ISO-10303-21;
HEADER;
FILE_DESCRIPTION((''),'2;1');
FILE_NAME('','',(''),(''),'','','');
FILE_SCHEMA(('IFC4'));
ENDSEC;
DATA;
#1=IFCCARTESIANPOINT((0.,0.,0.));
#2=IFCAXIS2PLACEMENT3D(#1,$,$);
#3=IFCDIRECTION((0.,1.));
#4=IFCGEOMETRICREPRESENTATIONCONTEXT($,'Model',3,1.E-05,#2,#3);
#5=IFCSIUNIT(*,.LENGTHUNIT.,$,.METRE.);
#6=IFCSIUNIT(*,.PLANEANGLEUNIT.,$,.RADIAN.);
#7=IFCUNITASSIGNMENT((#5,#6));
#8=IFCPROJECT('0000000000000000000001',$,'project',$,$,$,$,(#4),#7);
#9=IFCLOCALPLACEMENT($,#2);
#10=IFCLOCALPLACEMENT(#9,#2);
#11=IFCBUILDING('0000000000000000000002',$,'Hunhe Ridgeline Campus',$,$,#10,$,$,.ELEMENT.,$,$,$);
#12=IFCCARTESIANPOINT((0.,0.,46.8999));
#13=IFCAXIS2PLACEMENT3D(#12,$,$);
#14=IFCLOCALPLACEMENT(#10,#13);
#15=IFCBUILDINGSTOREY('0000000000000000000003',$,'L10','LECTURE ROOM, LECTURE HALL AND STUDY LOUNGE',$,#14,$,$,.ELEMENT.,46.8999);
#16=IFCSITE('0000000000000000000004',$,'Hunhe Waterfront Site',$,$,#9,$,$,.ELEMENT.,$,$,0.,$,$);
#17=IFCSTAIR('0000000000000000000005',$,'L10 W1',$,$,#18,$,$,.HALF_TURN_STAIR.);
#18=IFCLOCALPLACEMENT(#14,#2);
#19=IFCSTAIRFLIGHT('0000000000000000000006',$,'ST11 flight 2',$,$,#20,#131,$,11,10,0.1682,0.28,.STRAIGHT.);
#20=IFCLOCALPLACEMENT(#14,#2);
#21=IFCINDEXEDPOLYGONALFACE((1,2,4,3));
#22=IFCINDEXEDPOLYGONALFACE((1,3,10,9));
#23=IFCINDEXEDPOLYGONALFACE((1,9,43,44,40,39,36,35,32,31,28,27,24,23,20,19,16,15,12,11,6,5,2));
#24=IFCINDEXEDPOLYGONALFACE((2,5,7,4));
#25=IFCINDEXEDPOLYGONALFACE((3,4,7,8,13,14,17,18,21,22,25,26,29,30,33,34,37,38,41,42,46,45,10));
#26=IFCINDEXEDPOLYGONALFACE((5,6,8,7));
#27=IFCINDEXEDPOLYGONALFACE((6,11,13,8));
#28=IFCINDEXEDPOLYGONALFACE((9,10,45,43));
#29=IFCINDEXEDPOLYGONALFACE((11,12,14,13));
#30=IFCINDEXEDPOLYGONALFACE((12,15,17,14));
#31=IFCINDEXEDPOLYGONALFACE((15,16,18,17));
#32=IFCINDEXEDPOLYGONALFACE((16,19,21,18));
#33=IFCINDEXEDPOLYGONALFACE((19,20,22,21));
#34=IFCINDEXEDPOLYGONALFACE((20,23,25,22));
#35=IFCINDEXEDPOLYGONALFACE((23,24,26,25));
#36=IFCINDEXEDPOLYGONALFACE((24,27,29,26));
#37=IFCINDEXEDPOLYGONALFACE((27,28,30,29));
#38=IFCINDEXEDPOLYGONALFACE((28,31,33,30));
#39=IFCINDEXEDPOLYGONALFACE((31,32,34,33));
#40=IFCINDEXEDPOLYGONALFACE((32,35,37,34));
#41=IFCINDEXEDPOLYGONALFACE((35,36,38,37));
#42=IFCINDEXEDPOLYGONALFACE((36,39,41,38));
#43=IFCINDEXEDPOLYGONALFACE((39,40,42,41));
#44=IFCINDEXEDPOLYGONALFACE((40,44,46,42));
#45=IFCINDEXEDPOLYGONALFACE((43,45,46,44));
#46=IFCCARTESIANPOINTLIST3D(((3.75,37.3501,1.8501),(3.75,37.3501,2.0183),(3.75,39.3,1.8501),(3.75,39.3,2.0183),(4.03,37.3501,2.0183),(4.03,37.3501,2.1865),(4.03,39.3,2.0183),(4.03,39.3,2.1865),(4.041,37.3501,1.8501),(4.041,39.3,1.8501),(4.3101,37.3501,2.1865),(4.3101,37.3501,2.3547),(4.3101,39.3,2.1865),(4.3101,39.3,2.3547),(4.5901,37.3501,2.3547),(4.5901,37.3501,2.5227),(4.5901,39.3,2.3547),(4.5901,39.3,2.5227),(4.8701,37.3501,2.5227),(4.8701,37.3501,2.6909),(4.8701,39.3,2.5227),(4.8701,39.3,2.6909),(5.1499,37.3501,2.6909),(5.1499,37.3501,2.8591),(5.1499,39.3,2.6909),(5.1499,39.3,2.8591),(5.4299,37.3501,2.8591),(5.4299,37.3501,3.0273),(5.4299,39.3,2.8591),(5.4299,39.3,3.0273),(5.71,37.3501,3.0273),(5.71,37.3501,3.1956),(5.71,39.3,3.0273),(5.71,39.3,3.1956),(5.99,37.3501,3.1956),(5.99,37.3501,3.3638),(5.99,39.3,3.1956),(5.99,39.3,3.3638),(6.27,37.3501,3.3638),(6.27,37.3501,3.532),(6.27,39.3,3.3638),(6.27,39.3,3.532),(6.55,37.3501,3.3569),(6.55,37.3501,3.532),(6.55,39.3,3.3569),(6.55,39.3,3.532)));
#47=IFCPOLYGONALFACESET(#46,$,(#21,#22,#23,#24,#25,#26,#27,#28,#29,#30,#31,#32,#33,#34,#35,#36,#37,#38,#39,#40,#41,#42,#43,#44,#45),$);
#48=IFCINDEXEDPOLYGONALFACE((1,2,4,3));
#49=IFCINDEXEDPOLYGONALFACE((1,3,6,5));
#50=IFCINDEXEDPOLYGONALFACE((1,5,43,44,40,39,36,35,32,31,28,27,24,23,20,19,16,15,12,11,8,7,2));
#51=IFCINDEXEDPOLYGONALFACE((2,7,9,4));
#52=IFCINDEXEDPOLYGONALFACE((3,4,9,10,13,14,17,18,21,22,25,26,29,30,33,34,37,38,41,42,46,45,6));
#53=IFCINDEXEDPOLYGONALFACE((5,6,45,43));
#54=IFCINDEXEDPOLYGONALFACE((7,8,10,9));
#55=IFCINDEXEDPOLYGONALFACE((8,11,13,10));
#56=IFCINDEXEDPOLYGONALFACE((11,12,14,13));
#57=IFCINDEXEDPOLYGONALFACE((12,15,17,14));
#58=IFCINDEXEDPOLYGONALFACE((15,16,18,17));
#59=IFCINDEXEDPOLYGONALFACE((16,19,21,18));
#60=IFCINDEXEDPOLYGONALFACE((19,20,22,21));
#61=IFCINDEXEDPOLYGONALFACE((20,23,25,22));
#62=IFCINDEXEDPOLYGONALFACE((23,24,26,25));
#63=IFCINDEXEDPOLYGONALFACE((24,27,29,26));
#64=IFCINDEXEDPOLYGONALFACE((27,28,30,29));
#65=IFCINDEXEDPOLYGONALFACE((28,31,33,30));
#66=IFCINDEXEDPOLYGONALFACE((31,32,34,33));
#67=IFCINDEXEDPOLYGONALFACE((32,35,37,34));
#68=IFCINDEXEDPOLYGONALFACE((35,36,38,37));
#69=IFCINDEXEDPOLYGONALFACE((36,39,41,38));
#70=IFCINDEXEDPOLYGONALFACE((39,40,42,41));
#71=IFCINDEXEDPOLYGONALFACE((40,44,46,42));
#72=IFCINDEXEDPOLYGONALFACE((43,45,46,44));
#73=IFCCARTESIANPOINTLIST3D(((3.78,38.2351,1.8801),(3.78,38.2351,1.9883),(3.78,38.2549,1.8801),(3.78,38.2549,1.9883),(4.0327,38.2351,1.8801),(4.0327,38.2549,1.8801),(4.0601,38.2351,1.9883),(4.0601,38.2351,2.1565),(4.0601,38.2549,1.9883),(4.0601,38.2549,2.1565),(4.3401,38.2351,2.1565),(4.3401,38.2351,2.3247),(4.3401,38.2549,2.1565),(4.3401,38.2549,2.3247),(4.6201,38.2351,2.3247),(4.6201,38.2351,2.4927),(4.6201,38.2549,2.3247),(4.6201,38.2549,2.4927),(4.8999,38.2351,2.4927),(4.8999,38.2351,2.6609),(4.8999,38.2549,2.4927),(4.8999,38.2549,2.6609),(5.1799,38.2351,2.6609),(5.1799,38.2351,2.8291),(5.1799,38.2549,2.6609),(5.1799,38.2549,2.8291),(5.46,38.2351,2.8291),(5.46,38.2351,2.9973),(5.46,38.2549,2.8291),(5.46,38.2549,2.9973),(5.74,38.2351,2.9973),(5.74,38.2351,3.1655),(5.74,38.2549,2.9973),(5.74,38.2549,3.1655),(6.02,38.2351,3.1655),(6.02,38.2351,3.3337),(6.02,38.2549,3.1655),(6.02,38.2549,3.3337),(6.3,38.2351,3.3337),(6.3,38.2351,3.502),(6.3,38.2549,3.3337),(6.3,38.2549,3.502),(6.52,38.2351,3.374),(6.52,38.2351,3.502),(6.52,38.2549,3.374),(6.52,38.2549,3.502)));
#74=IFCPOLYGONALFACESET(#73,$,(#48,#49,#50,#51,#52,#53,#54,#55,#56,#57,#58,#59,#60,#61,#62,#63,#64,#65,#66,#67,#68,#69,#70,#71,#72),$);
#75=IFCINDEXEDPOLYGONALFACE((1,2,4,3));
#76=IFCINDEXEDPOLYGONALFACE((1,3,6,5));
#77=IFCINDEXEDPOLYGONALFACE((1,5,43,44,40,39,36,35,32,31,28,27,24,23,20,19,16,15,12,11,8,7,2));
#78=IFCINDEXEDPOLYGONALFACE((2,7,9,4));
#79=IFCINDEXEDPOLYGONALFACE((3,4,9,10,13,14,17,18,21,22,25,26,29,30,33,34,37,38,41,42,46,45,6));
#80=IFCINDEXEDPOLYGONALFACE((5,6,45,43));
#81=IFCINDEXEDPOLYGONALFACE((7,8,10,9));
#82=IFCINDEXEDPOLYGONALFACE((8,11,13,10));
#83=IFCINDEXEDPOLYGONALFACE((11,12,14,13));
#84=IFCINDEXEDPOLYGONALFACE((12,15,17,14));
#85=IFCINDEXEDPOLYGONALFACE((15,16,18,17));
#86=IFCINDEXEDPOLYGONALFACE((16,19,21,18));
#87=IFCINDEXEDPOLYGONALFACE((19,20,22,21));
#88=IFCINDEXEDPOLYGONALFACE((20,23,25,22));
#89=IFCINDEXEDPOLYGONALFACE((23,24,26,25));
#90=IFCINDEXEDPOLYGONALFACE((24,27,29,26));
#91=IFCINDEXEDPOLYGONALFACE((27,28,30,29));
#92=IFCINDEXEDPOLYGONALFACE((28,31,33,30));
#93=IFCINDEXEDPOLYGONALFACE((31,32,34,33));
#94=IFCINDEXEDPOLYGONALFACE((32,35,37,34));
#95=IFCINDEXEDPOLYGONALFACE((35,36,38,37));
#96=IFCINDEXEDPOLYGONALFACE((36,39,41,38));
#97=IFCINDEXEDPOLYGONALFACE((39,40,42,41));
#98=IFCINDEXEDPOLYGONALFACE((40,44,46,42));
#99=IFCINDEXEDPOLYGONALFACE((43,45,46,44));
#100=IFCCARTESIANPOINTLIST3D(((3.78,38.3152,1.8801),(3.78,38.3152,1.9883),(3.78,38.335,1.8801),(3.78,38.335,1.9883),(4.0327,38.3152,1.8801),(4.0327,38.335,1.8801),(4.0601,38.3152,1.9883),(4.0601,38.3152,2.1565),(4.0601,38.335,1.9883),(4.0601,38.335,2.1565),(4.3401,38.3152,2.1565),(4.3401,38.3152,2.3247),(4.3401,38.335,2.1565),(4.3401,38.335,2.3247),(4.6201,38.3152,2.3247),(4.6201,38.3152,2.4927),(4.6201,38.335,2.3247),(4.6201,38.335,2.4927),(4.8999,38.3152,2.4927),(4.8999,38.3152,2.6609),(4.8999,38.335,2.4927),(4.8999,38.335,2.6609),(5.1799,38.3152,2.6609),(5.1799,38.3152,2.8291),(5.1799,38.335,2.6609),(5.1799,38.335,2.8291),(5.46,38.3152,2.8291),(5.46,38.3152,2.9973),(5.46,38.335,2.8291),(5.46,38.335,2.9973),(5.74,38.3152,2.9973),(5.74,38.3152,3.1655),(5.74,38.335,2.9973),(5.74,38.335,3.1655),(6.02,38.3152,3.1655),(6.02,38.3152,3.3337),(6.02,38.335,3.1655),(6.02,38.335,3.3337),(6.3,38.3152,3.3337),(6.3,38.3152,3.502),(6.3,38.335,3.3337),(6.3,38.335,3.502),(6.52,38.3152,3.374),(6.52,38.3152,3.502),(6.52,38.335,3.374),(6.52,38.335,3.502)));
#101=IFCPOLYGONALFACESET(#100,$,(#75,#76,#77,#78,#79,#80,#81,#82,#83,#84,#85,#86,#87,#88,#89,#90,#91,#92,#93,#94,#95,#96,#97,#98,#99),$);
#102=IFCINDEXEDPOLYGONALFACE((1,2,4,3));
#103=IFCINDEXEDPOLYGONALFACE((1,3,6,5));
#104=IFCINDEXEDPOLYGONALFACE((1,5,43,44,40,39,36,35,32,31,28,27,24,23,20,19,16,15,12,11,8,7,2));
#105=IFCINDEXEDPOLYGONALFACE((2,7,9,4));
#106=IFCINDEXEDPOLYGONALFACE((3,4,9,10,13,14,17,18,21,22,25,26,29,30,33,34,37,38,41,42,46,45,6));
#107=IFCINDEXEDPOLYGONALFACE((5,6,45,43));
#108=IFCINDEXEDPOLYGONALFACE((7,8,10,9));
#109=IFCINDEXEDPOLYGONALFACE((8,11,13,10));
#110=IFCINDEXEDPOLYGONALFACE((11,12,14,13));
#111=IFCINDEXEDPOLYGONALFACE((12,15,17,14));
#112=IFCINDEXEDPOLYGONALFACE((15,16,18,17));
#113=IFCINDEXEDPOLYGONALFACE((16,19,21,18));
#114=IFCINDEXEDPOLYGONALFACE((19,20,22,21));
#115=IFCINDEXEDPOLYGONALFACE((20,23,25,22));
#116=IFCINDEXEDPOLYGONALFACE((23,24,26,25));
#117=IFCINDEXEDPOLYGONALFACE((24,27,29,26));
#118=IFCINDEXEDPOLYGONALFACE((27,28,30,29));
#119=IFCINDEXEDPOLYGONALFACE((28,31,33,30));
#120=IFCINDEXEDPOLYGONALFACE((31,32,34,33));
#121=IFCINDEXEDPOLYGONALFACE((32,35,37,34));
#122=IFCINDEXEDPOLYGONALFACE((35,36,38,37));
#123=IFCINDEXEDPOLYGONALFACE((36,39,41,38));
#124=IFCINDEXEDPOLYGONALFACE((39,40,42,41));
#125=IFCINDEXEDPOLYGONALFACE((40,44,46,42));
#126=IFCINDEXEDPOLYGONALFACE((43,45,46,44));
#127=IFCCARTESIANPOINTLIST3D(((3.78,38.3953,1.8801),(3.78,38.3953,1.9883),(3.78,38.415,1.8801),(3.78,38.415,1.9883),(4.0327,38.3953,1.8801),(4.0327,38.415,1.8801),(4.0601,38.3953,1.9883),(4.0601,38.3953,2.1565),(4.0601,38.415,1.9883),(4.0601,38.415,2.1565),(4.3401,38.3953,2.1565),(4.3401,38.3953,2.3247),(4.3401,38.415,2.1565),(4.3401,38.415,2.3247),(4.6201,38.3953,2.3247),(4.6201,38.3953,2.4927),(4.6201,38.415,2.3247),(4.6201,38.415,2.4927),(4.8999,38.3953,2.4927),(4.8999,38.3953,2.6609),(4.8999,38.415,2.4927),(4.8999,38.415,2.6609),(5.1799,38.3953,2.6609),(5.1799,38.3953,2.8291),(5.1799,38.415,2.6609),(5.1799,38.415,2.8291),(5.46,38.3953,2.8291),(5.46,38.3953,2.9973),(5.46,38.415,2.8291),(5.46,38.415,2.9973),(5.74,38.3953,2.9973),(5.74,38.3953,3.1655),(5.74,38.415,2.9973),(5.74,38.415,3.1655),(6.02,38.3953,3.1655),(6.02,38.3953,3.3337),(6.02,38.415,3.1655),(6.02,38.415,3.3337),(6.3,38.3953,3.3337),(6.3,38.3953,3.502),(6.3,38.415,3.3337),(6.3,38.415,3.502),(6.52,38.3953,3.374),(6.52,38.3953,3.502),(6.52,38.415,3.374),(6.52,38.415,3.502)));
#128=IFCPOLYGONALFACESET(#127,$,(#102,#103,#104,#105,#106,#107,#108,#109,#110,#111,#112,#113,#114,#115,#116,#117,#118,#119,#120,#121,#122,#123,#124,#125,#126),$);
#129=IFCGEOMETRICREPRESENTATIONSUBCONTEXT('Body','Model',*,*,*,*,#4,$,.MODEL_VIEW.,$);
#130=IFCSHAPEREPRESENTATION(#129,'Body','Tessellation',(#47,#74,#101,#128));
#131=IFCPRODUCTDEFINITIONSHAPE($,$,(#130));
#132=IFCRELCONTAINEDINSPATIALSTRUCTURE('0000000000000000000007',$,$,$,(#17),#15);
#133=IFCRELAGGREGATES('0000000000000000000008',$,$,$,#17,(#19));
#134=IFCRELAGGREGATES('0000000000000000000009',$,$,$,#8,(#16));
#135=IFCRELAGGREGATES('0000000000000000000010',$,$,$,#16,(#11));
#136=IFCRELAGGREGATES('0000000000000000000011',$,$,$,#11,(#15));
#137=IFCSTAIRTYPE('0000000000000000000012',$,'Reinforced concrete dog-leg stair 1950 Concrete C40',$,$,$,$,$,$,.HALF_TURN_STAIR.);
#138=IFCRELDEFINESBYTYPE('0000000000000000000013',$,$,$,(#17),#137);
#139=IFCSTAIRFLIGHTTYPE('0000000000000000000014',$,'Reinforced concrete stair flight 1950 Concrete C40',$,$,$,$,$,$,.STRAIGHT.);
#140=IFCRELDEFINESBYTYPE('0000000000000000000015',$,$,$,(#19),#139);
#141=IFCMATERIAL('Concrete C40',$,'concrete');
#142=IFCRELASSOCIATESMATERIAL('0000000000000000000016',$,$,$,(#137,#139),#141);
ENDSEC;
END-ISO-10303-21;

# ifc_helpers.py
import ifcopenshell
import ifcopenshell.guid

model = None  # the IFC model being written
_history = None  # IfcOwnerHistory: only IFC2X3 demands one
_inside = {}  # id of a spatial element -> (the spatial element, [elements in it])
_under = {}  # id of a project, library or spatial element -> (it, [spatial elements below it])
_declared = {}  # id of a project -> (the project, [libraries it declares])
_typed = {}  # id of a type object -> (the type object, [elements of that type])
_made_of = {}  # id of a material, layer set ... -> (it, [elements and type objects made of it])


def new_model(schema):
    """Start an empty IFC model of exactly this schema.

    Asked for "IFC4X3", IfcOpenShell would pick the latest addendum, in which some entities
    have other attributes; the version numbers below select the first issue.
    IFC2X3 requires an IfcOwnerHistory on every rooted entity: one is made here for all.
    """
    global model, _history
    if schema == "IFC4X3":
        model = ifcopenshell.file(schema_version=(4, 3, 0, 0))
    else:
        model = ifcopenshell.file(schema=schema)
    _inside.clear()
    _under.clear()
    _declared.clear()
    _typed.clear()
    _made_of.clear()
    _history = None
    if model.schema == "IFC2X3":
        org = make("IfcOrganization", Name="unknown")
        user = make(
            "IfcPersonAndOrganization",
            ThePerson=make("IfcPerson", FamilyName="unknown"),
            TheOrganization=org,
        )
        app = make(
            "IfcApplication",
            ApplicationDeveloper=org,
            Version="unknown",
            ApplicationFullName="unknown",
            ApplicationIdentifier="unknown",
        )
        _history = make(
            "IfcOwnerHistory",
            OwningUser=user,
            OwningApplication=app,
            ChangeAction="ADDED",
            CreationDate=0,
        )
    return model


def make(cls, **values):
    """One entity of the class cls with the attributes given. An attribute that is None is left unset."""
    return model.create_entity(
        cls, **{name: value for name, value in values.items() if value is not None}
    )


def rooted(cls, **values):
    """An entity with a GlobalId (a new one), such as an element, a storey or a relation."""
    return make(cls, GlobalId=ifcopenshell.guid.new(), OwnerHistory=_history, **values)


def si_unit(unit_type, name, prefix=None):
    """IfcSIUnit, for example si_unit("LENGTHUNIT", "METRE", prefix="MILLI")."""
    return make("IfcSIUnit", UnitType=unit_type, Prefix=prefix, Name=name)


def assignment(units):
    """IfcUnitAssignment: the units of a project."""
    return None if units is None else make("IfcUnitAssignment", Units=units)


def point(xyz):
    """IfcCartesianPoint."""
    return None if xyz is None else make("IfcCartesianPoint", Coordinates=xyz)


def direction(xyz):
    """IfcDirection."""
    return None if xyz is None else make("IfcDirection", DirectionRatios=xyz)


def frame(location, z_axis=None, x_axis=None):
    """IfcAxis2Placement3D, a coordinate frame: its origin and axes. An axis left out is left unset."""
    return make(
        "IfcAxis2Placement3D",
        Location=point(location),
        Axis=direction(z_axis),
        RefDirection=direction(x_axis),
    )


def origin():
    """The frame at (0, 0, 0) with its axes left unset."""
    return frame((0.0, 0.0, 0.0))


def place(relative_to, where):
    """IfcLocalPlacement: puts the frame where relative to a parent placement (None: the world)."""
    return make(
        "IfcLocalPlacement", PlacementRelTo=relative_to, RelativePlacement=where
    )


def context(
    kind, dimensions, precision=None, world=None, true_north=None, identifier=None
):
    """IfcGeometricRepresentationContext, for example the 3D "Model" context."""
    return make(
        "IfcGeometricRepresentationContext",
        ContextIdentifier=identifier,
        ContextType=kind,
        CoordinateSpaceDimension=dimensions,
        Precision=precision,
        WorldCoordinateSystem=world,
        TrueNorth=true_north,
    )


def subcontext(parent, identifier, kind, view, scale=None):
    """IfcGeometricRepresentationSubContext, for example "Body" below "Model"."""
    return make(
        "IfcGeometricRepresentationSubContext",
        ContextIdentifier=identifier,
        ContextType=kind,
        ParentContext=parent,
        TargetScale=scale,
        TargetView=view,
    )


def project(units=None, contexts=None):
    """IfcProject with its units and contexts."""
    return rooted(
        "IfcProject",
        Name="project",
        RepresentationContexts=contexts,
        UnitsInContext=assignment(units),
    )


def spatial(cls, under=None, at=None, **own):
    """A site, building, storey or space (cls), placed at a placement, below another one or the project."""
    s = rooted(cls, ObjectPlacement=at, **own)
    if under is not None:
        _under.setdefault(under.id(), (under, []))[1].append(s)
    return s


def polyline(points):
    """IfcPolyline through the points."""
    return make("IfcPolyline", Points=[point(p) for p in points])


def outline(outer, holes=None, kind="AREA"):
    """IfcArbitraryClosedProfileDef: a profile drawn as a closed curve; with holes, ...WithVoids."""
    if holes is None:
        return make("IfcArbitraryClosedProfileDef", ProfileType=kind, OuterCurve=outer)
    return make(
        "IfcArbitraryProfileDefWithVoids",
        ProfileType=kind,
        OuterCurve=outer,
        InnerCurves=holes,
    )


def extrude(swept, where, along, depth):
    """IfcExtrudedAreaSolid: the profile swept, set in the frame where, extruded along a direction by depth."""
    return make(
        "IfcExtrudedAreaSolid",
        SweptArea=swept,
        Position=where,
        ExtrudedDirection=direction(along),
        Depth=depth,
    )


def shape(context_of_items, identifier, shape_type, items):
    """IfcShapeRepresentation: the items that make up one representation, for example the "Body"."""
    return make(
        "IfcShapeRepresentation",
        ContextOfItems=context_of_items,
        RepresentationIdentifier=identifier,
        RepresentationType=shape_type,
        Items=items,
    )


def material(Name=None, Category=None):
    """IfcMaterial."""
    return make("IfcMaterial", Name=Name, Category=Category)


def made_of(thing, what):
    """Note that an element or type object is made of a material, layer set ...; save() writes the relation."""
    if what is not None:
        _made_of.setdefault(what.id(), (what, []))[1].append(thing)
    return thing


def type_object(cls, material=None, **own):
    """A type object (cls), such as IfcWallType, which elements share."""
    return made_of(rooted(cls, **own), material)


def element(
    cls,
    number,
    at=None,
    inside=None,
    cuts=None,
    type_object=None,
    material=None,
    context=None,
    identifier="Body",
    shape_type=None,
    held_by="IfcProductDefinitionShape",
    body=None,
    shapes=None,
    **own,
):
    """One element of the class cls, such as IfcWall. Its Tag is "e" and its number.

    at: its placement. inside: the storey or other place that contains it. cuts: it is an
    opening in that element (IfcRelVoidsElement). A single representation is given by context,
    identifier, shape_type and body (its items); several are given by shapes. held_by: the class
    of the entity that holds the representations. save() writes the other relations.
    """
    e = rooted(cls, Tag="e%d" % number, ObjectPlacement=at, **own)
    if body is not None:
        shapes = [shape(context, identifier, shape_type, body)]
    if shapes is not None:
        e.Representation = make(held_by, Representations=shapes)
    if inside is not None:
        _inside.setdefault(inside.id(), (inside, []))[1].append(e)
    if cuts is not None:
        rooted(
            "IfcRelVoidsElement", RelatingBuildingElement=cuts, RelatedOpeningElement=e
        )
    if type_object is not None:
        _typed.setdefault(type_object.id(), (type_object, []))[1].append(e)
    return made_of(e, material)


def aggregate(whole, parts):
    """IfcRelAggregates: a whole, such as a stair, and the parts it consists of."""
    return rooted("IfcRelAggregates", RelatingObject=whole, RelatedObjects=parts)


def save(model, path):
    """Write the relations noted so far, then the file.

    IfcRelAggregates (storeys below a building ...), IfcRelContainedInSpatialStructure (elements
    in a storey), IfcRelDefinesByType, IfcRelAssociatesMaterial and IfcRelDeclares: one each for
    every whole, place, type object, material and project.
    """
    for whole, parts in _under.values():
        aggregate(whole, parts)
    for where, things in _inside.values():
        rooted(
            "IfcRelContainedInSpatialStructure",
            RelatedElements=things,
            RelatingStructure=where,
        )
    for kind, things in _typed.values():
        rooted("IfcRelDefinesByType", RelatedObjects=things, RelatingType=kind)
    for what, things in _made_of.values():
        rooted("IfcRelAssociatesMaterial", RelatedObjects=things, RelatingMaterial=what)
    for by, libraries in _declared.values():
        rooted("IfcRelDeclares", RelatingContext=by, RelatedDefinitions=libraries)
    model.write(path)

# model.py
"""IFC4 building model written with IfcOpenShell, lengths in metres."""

from ifc_helpers import new_model, si_unit, direction, frame, origin, place, context, subcontext, project, spatial, polyline, outline, extrude, material, type_object, element, aggregate, save


model = new_model("IFC4")

# Units and contexts
model_context = context("Model", 3, precision=1e-05, world=origin(), true_north=direction((0.0, 1.0)))
body_context = subcontext(model_context, "Body", "Model", "MODEL_VIEW")
ifc_project = project(units=[si_unit("LENGTHUNIT", "METRE"), si_unit("PLANEANGLEUNIT", "RADIAN")], contexts=[model_context])

# Site, building, storey
site_placement = place(None, origin())
site = spatial("IfcSite", under=ifc_project, at=site_placement, Name="Hunhe Waterfront Site", CompositionType="ELEMENT", RefElevation=0.0)
building_placement = place(site_placement, origin())
building = spatial("IfcBuilding", under=site, at=building_placement, Name="Hunhe Ridgeline Campus", CompositionType="ELEMENT")
storey_placement = place(building_placement, frame((0.0, 0.0, 46.8999)))
storey = spatial("IfcBuildingStorey", under=building, at=storey_placement, Name="L10", Description="LECTURE ROOM, LECTURE HALL AND STUDY LOUNGE", CompositionType="ELEMENT", Elevation=46.8999)

# Stair, stair flight
ifc_material_1 = material(Name="Concrete C40", Category="concrete")
stair_type = type_object("IfcStairType", Name="Reinforced concrete dog-leg stair 1950 Concrete C40", PredefinedType="HALF_TURN_STAIR", material=ifc_material_1)
stair_placement = place(storey_placement, origin())
stair = element("IfcStair", 1, at=stair_placement, inside=storey, type_object=stair_type, Name="L10 W1", PredefinedType="HALF_TURN_STAIR")
stair_flight_type = type_object("IfcStairFlightType", Name="Reinforced concrete stair flight 1950 Concrete C40", PredefinedType="STRAIGHT", material=ifc_material_1)
stair_flight_1_placement = place(storey_placement, frame((3.75, 38.325, 1.8501), z_axis=(0.0, 0.0, 1.0), x_axis=(1.0, 0.0, 0.0)))
stair_flight_1 = element("IfcStairFlight", 2, at=stair_flight_1_placement, type_object=stair_flight_type, Name="ST11 flight 2", NumberOfRisers=11, NumberOfTreads=10, PredefinedType="STRAIGHT", RiserHeight=0.1682, TreadLength=0.28, context=body_context, shape_type="SweptSolid", body=[
    extrude(outline(polyline([(0.0, 0.0), (0.0, 0.1682), (0.28, 0.1682), (0.28, 0.3364), (0.5601, 0.3364), (0.5601, 0.5046), (0.8401, 0.5046), (0.8401, 0.6726), (1.1201, 0.6726), (1.1201, 0.8408), (1.3999, 0.8408), (1.3999, 1.009), (1.6799, 1.009), (1.6799, 1.1772), (1.96, 1.1772), (1.96, 1.3455), (2.24, 1.3455), (2.24, 1.5137), (2.52, 1.5137), (2.52, 1.6819), (2.8, 1.6819), (2.8, 1.8501), (2.8, 1.5068), (0.291, 0.0), (0.0, 0.0)])), frame((0.0, 0.9751, 0.0), z_axis=(0.0, -1.0, 0.0), x_axis=(1.0, 0.0, 0.0)), (0.0, 0.0, 1.0), 1.95),
    extrude(outline(polyline([(0.03, 0.03), (0.03, 0.1382), (0.3101, 0.1382), (0.3101, 0.3064), (0.5901, 0.3064), (0.5901, 0.4746), (0.8701, 0.4746), (0.8701, 0.6426), (1.1499, 0.6426), (1.1499, 0.8108), (1.4299, 0.8108), (1.4299, 0.979), (1.71, 0.979), (1.71, 1.1472), (1.99, 1.1472), (1.99, 1.3154), (2.27, 1.3154), (2.27, 1.4836), (2.55, 1.4836), (2.55, 1.6519), (2.77, 1.6519), (2.77, 1.5239), (0.2827, 0.03), (0.03, 0.03)])), frame((0.0, -0.0701, 0.0), z_axis=(0.0, -1.0, 0.0), x_axis=(1.0, 0.0, 0.0)), (0.0, 0.0, 1.0), 0.0198),
    extrude(outline(polyline([(0.03, 0.03), (0.03, 0.1382), (0.3101, 0.1382), (0.3101, 0.3064), (0.5901, 0.3064), (0.5901, 0.4746), (0.8701, 0.4746), (0.8701, 0.6426), (1.1499, 0.6426), (1.1499, 0.8108), (1.4299, 0.8108), (1.4299, 0.979), (1.71, 0.979), (1.71, 1.1472), (1.99, 1.1472), (1.99, 1.3154), (2.27, 1.3154), (2.27, 1.4836), (2.55, 1.4836), (2.55, 1.6519), (2.77, 1.6519), (2.77, 1.5239), (0.2827, 0.03), (0.03, 0.03)])), frame((0.0, 0.01, 0.0), z_axis=(0.0, -1.0, 0.0), x_axis=(1.0, 0.0, 0.0)), (0.0, 0.0, 1.0), 0.0198),
    extrude(outline(polyline([(0.03, 0.03), (0.03, 0.1382), (0.3101, 0.1382), (0.3101, 0.3064), (0.5901, 0.3064), (0.5901, 0.4746), (0.8701, 0.4746), (0.8701, 0.6426), (1.1499, 0.6426), (1.1499, 0.8108), (1.4299, 0.8108), (1.4299, 0.979), (1.71, 0.979), (1.71, 1.1472), (1.99, 1.1472), (1.99, 1.3154), (2.27, 1.3154), (2.27, 1.4836), (2.55, 1.4836), (2.55, 1.6519), (2.77, 1.6519), (2.77, 1.5239), (0.2827, 0.03), (0.03, 0.03)])), frame((0.0, 0.0901, 0.0), z_axis=(0.0, -1.0, 0.0), x_axis=(1.0, 0.0, 0.0)), (0.0, 0.0, 1.0), 0.0198),
])
aggregate(stair, [stair_flight_1])

save(model, "model.ifc")
